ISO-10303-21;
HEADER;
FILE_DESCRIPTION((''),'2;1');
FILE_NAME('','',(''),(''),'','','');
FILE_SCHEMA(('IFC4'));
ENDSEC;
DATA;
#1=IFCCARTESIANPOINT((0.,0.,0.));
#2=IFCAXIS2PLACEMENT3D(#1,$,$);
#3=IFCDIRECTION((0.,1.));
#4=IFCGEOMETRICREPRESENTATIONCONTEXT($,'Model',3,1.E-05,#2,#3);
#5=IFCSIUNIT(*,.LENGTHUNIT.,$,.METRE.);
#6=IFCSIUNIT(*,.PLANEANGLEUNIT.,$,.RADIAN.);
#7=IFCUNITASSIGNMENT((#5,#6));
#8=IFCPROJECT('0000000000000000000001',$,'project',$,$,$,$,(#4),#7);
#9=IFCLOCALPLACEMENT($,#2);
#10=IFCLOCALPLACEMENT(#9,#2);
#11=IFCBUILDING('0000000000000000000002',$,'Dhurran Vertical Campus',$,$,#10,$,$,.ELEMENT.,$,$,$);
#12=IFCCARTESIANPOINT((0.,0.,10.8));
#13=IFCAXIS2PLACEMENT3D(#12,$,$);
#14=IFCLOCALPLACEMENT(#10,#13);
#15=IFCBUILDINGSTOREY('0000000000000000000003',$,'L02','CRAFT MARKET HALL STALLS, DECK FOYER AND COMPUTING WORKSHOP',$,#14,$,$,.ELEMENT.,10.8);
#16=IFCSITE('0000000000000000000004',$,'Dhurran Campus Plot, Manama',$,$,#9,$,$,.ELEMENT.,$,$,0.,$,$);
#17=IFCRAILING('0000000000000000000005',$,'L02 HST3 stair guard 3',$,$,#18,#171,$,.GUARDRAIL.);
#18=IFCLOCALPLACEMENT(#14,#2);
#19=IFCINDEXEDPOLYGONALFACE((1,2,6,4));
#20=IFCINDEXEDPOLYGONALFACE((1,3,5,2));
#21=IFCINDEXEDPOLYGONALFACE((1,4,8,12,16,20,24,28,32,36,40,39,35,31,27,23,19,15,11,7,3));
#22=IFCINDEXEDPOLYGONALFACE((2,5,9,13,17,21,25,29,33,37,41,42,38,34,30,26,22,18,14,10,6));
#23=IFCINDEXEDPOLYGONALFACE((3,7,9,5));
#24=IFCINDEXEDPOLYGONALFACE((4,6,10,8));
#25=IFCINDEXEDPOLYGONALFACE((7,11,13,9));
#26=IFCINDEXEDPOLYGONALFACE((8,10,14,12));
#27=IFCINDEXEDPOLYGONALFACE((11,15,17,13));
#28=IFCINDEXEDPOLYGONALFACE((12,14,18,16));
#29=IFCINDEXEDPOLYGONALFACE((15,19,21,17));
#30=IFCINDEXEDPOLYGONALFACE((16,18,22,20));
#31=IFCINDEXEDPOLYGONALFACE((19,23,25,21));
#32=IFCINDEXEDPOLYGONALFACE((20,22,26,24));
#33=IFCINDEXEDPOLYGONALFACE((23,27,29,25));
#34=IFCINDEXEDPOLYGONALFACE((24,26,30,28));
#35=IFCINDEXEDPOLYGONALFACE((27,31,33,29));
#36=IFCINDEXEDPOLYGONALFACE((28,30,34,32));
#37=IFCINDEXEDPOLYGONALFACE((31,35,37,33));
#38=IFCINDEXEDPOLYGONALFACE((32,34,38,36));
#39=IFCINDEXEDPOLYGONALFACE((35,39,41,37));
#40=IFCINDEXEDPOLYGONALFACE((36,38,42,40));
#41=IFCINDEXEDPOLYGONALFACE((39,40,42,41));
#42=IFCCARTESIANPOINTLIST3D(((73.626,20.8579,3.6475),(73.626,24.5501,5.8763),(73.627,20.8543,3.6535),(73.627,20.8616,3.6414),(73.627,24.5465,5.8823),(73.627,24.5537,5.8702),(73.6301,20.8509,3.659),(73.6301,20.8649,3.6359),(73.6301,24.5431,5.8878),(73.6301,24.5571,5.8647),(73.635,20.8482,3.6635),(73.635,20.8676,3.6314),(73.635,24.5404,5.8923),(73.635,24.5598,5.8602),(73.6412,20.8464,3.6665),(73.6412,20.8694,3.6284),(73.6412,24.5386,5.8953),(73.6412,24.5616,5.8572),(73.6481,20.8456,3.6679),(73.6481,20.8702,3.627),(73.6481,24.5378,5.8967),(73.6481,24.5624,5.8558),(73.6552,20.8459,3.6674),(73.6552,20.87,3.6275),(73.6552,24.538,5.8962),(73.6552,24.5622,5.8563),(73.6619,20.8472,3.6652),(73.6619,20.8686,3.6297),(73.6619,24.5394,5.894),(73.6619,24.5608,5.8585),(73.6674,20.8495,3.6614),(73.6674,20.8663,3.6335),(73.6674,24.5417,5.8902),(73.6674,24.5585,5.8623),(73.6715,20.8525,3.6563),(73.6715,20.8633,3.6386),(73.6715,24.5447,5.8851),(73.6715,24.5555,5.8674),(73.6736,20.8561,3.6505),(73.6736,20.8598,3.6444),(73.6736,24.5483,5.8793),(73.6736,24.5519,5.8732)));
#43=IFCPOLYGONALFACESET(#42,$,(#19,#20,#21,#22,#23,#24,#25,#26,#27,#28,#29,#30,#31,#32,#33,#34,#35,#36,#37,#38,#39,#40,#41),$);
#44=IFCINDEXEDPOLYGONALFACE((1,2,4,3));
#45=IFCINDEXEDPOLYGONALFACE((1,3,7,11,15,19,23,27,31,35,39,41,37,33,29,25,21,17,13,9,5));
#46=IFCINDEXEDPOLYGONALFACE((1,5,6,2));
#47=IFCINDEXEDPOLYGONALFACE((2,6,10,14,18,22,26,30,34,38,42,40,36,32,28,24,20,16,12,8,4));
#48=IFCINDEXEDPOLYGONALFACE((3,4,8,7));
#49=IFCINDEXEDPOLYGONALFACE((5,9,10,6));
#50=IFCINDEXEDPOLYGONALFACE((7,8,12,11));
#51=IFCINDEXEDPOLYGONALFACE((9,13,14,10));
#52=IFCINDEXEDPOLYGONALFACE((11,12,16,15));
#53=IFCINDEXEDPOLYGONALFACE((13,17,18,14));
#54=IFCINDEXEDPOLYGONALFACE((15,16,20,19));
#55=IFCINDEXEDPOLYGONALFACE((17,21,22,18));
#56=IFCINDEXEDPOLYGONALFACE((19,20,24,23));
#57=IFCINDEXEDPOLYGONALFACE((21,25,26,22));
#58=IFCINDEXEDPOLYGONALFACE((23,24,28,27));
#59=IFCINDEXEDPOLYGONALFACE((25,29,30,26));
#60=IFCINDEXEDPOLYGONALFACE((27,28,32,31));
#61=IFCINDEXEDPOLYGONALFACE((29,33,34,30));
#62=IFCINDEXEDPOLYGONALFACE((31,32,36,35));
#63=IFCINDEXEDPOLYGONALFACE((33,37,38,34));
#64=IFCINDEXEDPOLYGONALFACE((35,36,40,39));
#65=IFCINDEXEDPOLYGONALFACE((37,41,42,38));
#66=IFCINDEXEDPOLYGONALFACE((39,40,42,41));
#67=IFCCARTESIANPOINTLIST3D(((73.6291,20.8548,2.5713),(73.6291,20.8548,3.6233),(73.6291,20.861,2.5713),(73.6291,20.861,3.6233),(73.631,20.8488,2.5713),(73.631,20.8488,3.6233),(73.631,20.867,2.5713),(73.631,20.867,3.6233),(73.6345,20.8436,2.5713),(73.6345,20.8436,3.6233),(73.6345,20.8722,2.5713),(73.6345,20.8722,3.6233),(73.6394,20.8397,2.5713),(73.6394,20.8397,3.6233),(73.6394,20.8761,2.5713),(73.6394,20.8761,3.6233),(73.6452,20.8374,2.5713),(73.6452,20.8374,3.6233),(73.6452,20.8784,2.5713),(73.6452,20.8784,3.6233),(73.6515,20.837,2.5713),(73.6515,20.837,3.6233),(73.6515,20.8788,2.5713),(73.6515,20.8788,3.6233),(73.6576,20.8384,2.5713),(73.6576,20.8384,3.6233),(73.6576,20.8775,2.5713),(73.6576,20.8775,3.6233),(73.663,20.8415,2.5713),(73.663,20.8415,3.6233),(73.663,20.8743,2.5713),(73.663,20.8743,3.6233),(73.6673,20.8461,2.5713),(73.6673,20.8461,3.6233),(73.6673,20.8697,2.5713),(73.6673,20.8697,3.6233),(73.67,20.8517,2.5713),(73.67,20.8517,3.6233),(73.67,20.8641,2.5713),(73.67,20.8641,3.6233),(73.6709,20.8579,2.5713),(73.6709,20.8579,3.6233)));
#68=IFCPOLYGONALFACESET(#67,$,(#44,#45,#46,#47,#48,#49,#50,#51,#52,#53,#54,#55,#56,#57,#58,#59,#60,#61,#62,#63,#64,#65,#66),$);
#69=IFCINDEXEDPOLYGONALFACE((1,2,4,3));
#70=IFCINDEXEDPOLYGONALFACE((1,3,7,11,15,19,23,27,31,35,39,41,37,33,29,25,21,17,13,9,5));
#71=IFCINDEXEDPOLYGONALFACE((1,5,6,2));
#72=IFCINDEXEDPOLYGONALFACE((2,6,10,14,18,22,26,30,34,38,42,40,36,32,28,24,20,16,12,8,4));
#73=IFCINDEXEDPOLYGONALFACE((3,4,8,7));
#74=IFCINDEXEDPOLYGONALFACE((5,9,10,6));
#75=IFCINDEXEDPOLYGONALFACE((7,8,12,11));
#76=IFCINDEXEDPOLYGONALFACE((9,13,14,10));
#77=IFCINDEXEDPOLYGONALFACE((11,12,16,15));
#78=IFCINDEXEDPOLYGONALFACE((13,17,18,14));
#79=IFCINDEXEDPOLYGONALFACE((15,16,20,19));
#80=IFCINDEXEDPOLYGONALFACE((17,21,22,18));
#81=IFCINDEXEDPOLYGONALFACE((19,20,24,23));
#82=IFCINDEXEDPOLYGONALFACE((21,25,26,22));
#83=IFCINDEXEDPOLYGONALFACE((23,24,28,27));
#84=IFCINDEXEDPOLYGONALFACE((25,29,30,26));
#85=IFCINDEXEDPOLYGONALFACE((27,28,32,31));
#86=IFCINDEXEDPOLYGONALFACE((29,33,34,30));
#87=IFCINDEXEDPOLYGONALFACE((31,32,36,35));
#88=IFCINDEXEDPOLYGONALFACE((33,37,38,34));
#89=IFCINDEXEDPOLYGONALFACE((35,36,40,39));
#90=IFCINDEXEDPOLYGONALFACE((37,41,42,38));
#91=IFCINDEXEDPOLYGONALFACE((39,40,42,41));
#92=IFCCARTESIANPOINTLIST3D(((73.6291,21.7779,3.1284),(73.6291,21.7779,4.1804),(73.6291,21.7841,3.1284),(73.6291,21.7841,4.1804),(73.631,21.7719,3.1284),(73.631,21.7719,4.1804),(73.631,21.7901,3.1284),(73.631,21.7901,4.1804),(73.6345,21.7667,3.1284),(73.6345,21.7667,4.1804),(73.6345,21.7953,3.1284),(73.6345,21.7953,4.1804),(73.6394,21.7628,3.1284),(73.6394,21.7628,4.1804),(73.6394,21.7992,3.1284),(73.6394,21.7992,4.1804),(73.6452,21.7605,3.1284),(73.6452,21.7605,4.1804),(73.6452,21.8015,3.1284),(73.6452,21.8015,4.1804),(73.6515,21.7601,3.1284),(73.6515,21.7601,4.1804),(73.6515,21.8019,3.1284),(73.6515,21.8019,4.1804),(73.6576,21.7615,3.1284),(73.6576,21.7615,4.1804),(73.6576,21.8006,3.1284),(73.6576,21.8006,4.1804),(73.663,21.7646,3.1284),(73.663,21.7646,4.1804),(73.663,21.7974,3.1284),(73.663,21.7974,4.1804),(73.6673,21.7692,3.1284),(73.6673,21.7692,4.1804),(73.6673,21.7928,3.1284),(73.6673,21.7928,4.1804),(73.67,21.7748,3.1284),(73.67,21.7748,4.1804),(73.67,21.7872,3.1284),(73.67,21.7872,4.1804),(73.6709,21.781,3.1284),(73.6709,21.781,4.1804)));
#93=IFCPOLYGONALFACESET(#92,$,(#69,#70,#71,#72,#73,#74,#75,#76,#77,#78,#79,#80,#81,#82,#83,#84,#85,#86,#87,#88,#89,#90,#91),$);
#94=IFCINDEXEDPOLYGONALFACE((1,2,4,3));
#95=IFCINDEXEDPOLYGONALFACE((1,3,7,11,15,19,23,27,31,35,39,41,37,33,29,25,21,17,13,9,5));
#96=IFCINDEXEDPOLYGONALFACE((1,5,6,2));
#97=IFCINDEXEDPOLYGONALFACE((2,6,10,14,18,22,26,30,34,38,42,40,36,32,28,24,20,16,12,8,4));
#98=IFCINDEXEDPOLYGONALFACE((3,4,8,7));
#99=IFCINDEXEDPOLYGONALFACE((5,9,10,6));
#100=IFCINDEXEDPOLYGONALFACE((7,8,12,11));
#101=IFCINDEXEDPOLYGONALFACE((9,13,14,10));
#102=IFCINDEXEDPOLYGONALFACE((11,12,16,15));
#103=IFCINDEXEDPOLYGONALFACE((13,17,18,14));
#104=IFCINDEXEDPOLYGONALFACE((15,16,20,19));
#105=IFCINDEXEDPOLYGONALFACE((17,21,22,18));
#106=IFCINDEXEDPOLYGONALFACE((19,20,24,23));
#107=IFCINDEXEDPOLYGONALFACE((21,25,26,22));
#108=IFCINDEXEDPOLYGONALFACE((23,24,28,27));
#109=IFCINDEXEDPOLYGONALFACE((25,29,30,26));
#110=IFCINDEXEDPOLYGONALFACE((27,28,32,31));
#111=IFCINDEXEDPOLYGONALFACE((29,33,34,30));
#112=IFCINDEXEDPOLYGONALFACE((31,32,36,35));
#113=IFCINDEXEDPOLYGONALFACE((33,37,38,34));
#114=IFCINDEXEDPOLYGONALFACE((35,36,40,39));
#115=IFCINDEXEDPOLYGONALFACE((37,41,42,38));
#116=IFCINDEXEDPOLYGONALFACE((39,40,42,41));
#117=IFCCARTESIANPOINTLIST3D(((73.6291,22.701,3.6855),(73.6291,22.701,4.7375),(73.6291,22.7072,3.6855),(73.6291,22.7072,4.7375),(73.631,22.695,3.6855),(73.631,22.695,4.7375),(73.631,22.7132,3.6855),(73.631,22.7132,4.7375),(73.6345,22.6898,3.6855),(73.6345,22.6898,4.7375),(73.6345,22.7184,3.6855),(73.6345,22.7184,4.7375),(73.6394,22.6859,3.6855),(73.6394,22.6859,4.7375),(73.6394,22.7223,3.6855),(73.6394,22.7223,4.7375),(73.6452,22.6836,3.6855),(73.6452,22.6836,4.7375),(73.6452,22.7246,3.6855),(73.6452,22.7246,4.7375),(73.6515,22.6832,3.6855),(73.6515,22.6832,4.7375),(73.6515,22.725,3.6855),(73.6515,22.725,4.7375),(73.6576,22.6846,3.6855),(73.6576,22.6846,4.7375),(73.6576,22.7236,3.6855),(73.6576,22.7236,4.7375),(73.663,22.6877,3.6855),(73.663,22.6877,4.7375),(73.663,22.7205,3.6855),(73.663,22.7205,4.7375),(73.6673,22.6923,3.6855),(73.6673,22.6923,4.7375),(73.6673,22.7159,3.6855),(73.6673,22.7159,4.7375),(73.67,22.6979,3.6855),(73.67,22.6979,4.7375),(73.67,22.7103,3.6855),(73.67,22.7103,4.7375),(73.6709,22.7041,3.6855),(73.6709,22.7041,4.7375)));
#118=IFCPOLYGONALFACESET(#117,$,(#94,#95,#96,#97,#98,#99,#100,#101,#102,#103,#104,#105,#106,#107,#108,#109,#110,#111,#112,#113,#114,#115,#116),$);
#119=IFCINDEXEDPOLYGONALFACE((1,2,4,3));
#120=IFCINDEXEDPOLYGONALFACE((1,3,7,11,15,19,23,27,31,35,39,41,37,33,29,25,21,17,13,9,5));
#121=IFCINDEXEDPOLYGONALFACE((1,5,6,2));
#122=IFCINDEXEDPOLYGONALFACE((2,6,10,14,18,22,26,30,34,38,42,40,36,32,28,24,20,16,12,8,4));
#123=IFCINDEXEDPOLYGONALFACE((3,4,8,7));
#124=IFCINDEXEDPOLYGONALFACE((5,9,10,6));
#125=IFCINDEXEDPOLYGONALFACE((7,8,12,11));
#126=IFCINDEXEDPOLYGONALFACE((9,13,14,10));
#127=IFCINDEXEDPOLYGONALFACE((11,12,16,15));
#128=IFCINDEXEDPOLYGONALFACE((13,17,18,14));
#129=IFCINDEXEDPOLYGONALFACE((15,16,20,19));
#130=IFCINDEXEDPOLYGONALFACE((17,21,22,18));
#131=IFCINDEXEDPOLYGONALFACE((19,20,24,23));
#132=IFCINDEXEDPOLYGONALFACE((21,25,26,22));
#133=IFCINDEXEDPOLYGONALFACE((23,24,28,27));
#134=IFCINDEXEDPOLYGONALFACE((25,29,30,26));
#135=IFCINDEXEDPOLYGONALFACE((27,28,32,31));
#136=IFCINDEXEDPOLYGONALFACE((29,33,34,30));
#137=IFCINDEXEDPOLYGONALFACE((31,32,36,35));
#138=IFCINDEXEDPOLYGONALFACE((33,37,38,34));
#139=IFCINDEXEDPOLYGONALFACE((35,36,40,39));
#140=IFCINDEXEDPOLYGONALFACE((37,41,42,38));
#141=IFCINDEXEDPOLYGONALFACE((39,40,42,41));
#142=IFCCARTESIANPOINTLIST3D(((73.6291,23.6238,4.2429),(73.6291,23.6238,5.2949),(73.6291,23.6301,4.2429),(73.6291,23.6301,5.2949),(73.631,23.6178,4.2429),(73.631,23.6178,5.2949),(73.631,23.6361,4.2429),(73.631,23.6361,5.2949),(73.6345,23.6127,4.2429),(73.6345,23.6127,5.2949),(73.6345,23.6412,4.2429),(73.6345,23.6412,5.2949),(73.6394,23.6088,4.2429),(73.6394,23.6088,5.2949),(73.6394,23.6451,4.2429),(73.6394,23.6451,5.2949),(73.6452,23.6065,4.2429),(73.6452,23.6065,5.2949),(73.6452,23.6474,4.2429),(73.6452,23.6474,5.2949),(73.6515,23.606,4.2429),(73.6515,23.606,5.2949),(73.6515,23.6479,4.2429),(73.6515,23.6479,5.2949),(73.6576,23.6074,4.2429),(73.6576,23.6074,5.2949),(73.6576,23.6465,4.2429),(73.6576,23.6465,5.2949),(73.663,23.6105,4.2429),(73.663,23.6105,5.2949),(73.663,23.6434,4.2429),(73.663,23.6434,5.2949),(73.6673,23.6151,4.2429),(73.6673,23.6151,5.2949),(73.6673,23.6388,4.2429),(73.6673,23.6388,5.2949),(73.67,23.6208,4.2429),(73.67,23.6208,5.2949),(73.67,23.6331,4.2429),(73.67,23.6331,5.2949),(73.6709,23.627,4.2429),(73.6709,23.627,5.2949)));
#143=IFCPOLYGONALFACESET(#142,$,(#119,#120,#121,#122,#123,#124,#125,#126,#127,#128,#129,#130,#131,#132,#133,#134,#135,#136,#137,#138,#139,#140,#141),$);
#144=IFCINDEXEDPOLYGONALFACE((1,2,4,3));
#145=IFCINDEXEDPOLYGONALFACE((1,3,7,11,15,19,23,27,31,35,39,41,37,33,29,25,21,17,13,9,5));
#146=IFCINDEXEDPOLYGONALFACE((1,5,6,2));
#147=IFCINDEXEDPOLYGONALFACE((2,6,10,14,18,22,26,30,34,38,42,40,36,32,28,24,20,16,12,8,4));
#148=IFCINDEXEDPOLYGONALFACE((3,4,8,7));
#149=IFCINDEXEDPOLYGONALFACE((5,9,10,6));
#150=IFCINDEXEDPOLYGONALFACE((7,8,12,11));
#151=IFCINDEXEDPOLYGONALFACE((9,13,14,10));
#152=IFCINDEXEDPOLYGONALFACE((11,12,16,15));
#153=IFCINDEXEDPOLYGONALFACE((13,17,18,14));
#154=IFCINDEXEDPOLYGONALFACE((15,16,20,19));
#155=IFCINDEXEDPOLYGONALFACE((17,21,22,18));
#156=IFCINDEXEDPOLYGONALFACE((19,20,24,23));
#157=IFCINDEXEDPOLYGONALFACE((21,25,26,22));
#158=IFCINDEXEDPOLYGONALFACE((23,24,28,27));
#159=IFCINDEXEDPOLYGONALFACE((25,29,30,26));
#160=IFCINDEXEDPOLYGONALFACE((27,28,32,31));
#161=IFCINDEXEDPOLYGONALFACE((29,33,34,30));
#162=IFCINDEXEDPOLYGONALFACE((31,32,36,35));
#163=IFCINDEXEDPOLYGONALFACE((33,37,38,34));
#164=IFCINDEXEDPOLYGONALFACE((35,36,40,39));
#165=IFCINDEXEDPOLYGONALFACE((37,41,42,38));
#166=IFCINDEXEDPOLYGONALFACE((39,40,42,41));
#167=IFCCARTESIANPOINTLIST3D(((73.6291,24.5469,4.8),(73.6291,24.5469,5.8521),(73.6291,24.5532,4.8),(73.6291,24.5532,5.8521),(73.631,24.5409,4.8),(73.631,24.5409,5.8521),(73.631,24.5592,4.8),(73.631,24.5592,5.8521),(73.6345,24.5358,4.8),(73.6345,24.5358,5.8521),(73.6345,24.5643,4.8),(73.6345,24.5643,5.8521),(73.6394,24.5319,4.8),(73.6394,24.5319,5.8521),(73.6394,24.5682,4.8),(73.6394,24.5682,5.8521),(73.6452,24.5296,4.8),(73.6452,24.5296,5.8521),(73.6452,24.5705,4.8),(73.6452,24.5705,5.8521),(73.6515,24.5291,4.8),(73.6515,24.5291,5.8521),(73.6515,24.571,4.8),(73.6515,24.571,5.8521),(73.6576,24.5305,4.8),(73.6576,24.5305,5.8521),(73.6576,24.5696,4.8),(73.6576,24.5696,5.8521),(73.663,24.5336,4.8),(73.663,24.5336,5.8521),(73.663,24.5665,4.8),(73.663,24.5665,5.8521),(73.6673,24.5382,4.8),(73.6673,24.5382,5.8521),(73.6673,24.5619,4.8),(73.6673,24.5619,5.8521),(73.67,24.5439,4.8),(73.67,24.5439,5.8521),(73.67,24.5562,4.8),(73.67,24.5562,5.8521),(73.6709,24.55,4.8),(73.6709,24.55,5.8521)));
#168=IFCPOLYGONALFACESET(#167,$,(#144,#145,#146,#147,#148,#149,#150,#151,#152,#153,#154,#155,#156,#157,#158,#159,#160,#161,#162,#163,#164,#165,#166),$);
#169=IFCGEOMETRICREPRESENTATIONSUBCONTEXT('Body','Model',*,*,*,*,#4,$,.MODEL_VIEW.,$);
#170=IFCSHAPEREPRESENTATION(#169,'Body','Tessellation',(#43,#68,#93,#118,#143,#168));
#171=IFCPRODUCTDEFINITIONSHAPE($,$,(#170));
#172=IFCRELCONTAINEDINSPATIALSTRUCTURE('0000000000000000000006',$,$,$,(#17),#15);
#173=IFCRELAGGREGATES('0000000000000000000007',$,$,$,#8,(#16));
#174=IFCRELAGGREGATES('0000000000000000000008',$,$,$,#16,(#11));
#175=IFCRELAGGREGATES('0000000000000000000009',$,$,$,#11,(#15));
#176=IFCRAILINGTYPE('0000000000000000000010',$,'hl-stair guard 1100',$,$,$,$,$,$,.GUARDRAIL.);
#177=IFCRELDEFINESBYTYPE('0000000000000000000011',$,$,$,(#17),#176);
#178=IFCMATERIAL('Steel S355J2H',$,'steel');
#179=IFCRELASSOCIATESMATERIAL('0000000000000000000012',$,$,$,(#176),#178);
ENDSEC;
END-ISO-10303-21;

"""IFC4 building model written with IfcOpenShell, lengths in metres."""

from ifc_helpers import new_model, si_unit, direction, frame, origin, origin_2d, place, context, subcontext, project, spatial, circle, extrude, material, type_object, element, save


model = new_model("IFC4")

# Units and contexts
model_context = context("Model", 3, precision=1e-05, world=origin(), true_north=direction((0.0, 1.0)))
body_context = subcontext(model_context, "Body", "Model", "MODEL_VIEW")
ifc_project = project(units=[si_unit("LENGTHUNIT", "METRE"), si_unit("PLANEANGLEUNIT", "RADIAN")], contexts=[model_context])

# Site, building, storey
site_placement = place(None, origin())
site = spatial("IfcSite", under=ifc_project, at=site_placement, Name="Dhurran Campus Plot, Manama", CompositionType="ELEMENT", RefElevation=0.0)
building_placement = place(site_placement, origin())
building = spatial("IfcBuilding", under=site, at=building_placement, Name="Dhurran Vertical Campus", CompositionType="ELEMENT")
storey_placement = place(building_placement, frame((0.0, 0.0, 10.8)))
storey = spatial("IfcBuildingStorey", under=building, at=storey_placement, Name="L02", Description="CRAFT MARKET HALL STALLS, DECK FOYER AND COMPUTING WORKSHOP", CompositionType="ELEMENT", Elevation=10.8)

# Railing
ifc_material_1 = material(Name="Steel S355J2H", Category="steel")
railing_type = type_object("IfcRailingType", Name="hl-stair guard 1100", PredefinedType="GUARDRAIL", material=ifc_material_1)
railing_1_placement = place(storey_placement, frame((73.6499, 20.8579, 2.5713)))
element("IfcRailing", 1, at=railing_1_placement, inside=storey, type_object=railing_type, Name="L02 HST3 stair guard 3", PredefinedType="GUARDRAIL", context=body_context, shape_type="SweptSolid", body=[
    extrude(circle(Radius=0.0239, at=origin_2d()), frame((0.0, 0.0, 1.0762), z_axis=(0.0, 0.856111, 0.516792), x_axis=(-1.0, 0.0, 0.0)), (0.0, 0.0, 1.0), 4.3127),
    extrude(circle(Radius=0.021, at=origin_2d()), origin(), (0.0, 0.0, 1.0), 1.052),
    extrude(circle(Radius=0.021, at=origin_2d()), frame((0.0, 0.9231, 0.5571)), (0.0, 0.0, 1.0), 1.052),
    extrude(circle(Radius=0.021, at=origin_2d()), frame((0.0, 1.8462, 1.1143)), (0.0, 0.0, 1.0), 1.052),
    extrude(circle(Radius=0.021, at=origin_2d()), frame((0.0, 2.769, 1.6716)), (0.0, 0.0, 1.0), 1.052),
    extrude(circle(Radius=0.021, at=origin_2d()), frame((0.0, 3.6921, 2.2288)), (0.0, 0.0, 1.0), 1.052),
])

save(model, "model.ifc")
